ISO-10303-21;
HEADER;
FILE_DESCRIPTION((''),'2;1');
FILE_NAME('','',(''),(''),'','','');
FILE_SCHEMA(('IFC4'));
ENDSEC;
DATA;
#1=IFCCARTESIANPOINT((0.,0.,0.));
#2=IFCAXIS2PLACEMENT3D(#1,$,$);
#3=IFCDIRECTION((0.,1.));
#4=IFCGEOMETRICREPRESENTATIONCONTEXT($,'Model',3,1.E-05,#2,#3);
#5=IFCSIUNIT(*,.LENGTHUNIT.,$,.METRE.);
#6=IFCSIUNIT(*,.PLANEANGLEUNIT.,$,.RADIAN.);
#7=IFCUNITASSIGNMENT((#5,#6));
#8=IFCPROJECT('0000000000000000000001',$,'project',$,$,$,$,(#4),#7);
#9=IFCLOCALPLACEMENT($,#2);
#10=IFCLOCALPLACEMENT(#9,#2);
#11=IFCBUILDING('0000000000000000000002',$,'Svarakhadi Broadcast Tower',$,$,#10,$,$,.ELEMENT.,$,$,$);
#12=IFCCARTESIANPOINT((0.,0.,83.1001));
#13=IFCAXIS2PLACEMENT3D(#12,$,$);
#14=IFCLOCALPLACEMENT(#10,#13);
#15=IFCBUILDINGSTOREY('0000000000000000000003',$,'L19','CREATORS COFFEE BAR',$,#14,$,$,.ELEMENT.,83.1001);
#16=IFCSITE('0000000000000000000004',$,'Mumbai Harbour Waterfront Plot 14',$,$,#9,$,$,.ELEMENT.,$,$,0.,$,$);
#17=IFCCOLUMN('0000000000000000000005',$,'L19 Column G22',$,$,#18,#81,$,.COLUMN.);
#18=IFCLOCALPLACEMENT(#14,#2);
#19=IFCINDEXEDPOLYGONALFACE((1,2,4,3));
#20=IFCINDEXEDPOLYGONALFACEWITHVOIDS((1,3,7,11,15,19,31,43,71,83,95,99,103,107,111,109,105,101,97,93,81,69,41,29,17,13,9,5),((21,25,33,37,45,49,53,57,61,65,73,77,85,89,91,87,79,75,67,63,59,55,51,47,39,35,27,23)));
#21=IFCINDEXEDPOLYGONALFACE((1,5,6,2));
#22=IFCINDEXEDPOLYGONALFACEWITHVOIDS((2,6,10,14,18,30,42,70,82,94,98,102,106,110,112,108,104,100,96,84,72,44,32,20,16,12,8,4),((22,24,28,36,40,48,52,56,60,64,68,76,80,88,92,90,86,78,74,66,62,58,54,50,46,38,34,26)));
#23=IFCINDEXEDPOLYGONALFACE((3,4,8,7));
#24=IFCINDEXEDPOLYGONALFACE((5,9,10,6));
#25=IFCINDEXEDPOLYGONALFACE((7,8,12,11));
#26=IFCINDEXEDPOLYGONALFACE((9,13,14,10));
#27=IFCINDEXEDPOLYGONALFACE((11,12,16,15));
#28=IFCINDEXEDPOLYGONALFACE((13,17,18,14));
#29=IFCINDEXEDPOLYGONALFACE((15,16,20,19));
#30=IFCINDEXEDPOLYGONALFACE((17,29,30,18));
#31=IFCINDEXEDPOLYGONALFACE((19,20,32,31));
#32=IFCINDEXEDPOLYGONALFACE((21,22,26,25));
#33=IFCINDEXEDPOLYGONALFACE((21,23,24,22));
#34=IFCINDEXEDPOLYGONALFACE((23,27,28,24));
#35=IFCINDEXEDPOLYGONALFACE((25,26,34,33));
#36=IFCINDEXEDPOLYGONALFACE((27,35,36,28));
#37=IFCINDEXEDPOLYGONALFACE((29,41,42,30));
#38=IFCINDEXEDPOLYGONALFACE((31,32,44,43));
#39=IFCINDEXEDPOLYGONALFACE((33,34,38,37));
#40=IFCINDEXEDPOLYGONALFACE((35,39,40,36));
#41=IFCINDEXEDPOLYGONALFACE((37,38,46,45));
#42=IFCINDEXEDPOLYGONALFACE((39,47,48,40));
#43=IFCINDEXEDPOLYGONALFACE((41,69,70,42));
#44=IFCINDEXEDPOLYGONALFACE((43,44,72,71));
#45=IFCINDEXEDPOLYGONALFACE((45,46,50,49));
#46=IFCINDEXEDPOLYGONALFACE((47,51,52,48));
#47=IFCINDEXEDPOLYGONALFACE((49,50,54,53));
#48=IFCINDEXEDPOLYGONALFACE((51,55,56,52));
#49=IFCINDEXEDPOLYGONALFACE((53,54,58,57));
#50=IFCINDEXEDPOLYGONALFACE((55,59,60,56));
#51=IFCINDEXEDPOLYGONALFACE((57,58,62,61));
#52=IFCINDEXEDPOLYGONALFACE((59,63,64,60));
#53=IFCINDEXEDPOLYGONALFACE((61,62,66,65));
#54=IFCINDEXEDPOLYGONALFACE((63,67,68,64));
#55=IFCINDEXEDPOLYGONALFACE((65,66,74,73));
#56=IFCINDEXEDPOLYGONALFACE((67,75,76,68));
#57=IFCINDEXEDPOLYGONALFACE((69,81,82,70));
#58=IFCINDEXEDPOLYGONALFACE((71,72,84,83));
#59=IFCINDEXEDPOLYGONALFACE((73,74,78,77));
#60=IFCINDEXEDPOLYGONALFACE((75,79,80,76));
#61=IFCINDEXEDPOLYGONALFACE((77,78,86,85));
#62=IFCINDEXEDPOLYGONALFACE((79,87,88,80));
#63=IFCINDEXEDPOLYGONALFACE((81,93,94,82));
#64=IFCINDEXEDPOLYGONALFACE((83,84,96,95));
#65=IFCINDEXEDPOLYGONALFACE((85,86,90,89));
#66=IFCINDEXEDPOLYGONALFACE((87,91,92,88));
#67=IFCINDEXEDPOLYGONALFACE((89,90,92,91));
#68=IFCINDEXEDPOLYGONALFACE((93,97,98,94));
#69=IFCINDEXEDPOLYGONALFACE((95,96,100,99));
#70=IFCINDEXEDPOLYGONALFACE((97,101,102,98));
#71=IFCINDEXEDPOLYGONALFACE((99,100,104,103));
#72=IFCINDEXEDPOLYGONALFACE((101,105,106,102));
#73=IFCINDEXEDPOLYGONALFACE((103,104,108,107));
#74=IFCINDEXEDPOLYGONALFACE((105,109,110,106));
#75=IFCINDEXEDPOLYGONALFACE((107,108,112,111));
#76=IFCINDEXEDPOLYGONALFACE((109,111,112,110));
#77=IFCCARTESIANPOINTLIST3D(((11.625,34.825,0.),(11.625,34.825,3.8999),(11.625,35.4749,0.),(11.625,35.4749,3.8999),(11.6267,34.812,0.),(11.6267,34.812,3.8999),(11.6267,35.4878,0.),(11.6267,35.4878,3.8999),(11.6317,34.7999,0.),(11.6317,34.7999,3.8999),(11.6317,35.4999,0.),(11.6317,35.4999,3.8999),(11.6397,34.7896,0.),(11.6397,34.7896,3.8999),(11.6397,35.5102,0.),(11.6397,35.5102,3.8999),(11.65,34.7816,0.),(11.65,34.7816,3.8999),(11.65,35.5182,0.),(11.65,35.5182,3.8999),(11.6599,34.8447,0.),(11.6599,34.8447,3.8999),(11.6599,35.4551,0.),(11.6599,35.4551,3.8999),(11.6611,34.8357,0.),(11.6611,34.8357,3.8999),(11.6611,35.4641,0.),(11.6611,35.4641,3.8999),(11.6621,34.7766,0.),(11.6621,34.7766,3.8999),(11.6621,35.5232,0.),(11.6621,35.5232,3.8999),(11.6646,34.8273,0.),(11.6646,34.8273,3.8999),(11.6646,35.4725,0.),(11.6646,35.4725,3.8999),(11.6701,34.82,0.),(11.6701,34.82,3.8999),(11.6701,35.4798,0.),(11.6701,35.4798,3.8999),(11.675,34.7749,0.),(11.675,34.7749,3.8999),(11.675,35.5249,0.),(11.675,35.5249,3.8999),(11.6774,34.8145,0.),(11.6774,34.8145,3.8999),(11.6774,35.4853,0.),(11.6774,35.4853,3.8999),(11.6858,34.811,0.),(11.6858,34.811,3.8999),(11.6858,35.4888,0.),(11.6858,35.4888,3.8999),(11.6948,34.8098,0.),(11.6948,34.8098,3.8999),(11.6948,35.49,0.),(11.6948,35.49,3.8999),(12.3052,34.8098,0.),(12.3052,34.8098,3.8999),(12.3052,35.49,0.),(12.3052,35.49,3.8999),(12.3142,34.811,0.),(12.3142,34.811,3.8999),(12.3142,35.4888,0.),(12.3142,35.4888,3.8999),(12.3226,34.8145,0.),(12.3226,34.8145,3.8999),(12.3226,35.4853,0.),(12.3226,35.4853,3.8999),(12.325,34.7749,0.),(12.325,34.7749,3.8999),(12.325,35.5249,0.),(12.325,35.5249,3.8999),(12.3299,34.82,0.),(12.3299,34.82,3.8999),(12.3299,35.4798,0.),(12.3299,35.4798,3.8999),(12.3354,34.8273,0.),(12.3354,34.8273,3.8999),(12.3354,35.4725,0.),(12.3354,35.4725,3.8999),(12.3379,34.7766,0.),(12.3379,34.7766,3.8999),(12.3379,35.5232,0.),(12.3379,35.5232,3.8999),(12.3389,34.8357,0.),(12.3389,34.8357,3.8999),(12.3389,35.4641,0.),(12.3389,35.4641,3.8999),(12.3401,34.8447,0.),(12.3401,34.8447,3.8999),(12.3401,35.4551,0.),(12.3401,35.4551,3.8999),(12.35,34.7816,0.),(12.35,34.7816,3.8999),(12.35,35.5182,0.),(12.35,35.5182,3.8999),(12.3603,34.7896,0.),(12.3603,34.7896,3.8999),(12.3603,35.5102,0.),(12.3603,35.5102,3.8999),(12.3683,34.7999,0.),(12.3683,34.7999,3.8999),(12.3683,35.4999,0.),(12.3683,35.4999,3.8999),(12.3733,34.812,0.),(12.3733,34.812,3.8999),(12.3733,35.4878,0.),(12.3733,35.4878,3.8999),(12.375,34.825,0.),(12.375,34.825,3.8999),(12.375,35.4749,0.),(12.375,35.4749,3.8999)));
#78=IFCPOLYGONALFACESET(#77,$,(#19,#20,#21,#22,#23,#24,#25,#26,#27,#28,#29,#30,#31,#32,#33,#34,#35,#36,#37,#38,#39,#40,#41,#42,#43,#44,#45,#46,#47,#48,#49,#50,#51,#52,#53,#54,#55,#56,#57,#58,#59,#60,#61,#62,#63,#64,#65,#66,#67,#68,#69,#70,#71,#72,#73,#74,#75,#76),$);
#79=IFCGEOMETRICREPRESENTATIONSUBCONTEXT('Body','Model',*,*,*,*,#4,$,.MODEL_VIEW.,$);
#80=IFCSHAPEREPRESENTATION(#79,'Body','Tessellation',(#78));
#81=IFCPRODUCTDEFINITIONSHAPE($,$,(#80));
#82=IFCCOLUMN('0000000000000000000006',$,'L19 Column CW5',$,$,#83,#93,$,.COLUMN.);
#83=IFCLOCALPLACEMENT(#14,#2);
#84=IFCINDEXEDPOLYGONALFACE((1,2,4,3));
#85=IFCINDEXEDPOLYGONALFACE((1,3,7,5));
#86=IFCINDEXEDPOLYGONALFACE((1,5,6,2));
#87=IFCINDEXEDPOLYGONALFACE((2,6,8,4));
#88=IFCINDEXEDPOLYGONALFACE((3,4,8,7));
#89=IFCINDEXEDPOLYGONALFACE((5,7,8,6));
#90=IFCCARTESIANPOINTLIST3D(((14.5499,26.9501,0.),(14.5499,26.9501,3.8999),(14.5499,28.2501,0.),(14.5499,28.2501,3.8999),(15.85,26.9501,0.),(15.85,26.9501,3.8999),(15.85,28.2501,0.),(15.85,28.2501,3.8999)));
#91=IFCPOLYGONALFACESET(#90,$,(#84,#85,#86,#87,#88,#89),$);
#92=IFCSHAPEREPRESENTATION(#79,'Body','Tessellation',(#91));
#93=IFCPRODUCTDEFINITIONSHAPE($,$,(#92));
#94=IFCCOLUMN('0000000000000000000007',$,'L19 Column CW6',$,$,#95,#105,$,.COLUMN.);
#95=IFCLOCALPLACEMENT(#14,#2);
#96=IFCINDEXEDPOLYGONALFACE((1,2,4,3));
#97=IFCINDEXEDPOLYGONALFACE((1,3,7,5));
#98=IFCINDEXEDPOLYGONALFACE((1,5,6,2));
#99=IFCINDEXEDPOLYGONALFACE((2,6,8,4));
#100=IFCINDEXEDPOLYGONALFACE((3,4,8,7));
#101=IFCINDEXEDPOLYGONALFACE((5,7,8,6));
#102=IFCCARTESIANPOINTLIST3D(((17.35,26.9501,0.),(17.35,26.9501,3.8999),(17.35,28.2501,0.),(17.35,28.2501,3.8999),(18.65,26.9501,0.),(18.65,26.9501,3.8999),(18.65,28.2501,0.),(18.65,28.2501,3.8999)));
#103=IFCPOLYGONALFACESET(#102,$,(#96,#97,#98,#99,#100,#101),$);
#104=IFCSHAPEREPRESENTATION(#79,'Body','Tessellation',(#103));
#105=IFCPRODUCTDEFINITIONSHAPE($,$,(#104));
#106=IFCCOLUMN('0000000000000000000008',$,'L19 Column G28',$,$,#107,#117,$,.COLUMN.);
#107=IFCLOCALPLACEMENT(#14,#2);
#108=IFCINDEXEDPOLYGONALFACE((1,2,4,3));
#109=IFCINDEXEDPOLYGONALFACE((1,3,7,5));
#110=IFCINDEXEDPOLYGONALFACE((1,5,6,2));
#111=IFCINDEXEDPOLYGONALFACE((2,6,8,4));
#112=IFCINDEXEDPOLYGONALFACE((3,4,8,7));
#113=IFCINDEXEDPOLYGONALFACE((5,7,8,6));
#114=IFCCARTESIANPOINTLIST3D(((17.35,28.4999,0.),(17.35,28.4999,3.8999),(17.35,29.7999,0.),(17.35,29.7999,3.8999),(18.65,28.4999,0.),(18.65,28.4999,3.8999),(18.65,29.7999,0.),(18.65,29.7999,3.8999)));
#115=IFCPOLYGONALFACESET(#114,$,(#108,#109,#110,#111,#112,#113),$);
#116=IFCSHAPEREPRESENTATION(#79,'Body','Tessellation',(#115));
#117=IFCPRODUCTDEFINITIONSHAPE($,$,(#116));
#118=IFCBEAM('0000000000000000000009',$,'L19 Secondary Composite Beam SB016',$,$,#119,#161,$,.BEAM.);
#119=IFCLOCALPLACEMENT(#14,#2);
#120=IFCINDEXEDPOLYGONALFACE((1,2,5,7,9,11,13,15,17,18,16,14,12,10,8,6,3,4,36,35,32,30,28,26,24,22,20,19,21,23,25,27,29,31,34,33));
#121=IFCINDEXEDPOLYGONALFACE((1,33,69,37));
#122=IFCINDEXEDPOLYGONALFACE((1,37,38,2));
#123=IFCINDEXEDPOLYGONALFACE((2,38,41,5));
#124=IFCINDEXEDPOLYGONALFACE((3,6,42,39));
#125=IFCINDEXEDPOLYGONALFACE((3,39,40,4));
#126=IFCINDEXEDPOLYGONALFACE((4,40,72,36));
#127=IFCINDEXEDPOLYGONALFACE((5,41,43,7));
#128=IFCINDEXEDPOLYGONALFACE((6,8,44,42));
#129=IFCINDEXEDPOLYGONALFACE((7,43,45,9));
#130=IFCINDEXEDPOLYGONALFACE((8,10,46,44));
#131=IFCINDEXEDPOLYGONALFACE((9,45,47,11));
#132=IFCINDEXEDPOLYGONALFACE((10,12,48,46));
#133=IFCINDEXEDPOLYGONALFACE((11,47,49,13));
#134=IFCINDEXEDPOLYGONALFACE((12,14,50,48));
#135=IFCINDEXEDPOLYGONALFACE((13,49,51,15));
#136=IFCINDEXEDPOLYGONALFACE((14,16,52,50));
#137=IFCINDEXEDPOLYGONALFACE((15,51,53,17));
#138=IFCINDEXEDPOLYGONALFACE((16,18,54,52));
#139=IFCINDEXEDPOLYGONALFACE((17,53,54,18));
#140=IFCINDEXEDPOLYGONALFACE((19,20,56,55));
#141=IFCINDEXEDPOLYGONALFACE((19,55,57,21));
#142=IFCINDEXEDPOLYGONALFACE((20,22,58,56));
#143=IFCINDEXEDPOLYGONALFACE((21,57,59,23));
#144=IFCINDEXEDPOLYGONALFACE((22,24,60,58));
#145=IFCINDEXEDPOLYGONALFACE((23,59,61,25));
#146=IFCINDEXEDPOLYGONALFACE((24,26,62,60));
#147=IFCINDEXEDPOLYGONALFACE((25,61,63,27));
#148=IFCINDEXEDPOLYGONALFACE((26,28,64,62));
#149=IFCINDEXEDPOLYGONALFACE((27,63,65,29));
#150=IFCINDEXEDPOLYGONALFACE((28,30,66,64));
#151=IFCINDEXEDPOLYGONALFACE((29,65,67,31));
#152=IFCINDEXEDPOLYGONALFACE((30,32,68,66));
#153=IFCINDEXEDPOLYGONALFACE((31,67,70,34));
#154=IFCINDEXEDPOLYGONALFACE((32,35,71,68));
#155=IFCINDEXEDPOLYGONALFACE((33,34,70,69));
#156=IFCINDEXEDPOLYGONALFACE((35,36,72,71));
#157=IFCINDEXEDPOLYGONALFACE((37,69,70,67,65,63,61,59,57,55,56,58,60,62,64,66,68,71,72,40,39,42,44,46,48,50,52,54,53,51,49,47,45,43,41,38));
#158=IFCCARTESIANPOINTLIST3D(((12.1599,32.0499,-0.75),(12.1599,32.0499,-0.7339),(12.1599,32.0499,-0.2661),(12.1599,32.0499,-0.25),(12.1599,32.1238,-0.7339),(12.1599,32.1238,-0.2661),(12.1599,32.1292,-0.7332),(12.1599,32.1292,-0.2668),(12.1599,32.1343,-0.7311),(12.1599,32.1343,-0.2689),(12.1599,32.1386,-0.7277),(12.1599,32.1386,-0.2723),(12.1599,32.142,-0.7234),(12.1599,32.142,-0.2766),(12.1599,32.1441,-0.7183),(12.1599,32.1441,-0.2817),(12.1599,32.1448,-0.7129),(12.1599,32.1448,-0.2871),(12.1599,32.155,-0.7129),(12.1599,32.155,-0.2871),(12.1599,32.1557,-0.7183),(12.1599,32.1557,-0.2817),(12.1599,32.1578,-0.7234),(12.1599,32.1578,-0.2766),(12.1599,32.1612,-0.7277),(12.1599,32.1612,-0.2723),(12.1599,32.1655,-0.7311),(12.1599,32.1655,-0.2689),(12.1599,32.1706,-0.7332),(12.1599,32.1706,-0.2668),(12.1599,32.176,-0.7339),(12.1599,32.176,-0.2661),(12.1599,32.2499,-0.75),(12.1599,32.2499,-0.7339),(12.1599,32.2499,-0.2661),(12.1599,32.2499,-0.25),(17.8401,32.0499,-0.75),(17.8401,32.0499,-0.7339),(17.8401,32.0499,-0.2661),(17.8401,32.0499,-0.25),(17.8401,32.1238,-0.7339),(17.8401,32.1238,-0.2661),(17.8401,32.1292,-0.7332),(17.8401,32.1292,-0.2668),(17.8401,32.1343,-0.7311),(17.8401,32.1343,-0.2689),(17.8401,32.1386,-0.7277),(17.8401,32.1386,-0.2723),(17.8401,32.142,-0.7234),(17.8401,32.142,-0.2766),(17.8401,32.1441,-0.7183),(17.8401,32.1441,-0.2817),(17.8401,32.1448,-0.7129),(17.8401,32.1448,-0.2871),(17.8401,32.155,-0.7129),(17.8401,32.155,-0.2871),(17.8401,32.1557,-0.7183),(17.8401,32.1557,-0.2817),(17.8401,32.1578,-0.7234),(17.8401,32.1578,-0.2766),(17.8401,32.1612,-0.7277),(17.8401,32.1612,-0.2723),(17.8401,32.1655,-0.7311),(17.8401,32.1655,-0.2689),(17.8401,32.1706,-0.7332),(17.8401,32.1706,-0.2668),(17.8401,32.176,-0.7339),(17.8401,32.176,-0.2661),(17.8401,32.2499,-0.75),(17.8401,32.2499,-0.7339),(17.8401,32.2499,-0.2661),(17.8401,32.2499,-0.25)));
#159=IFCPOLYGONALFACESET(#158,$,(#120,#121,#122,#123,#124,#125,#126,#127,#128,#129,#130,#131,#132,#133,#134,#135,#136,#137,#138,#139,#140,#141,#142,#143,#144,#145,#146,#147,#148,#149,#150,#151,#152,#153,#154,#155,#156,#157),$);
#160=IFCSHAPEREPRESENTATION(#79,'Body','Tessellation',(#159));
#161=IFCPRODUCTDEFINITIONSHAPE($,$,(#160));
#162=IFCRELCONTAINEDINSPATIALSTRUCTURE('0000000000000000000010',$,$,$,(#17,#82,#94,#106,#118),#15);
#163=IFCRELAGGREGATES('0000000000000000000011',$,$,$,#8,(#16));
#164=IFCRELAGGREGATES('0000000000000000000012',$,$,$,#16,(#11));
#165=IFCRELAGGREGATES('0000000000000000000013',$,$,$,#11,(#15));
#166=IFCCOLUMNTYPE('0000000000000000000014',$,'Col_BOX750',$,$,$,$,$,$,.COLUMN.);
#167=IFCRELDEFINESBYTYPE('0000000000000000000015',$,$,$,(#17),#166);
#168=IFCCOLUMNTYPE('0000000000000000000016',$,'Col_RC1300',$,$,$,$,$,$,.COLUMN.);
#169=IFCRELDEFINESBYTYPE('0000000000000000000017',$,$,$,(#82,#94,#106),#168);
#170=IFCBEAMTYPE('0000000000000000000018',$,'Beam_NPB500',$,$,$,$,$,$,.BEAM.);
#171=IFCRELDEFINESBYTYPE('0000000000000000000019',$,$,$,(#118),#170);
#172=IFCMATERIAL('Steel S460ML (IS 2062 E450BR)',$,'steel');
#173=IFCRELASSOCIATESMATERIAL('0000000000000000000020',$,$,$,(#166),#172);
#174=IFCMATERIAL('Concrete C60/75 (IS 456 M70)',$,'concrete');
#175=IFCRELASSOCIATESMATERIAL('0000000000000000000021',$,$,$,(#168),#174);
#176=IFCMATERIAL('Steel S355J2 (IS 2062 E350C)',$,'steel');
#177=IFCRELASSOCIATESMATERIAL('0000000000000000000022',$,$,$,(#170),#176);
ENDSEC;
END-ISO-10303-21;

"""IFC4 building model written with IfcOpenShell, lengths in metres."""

from ifc_helpers import new_model, si_unit, direction, frame, origin, origin_2d, place, context, subcontext, project, spatial, rectangle, hollow_rectangle, i_section, extrude, material, material_profile, profile_set, type_object, element, save


model = new_model("IFC4")

# Units and contexts
model_context = context("Model", 3, precision=1e-05, world=origin(), true_north=direction((0.0, 1.0)))
body_context = subcontext(model_context, "Body", "Model", "MODEL_VIEW")
ifc_project = project(units=[si_unit("LENGTHUNIT", "METRE"), si_unit("PLANEANGLEUNIT", "RADIAN")], contexts=[model_context])

# Site, building, storey
site_placement = place(None, origin())
site = spatial("IfcSite", under=ifc_project, at=site_placement, Name="Mumbai Harbour Waterfront Plot 14", CompositionType="ELEMENT", RefElevation=0.0)
building_placement = place(site_placement, origin())
building = spatial("IfcBuilding", under=site, at=building_placement, Name="Svarakhadi Broadcast Tower", CompositionType="ELEMENT")
storey_placement = place(building_placement, frame((0.0, 0.0, 83.1001)))
storey = spatial("IfcBuildingStorey", under=building, at=storey_placement, Name="L19", Description="CREATORS COFFEE BAR", CompositionType="ELEMENT", Elevation=83.1001)

# Columns
ifc_material_1 = material(Name="Steel S460ML (IS 2062 E450BR)", Category="steel")
ifc_material_profile_1 = material_profile(ifc_material_1, hollow_rectangle(XDim=0.75, YDim=0.75, WallThickness=0.0349, InnerFilletRadius=0.0349, OuterFilletRadius=0.05, at=origin_2d()), Name="BOX 750x750x35")
ifc_profile_set_1 = profile_set([ifc_material_profile_1], Name="Steel S460ML (IS 2062 E450BR)")
column_type_1 = type_object("IfcColumnType", Name="Col_BOX750", PredefinedType="COLUMN", material=ifc_profile_set_1)
column_placement = place(storey_placement, frame((12.0, 35.1499, 0.0), z_axis=(0.0, 0.0, 1.0), x_axis=(1.0, 0.0, 0.0)))
element("IfcColumn", 1, at=column_placement, inside=storey, type_object=column_type_1, Name="L19 Column G22", PredefinedType="COLUMN", context=body_context, shape_type="SweptSolid", body=[
    extrude(hollow_rectangle(XDim=0.75, YDim=0.75, WallThickness=0.0349, InnerFilletRadius=0.0349, OuterFilletRadius=0.05, at=origin_2d()), origin(), (0.0, 0.0, 1.0), 3.8999),
])
ifc_material_2 = material(Name="Concrete C60/75 (IS 456 M70)", Category="concrete")
ifc_material_profile_2 = material_profile(ifc_material_2, rectangle(XDim=1.3, YDim=1.3, at=origin_2d()), Name="RC 1300x1300")
ifc_profile_set_2 = profile_set([ifc_material_profile_2], Name="Concrete C60/75 (IS 456 M70)")
column_type_2 = type_object("IfcColumnType", Name="Col_RC1300", PredefinedType="COLUMN", material=ifc_profile_set_2)
for number, where, z_axis, x_axis, name in (
    (2, (15.2, 27.6001, 0.0), (0.0, 0.0, 1.0), (1.0, 0.0, 0.0), "L19 Column CW5"),
    (3, (18.0, 27.6001, 0.0), (0.0, 0.0, 1.0), (1.0, 0.0, 0.0), "L19 Column CW6"),
    (4, (18.0, 29.1499, 0.0), (0.0, 0.0, 1.0), (1.0, 0.0, 0.0), "L19 Column G28"),
):
    element("IfcColumn", number, at=place(storey_placement, frame(where, z_axis=z_axis, x_axis=x_axis)), inside=storey, type_object=column_type_2, Name=name, PredefinedType="COLUMN", context=body_context, shape_type="SweptSolid", body=[
        extrude(rectangle(XDim=1.3, YDim=1.3, at=origin_2d()), origin(), (0.0, 0.0, 1.0), 3.8999),
    ])

# Beam
ifc_material_3 = material(Name="Steel S355J2 (IS 2062 E350C)", Category="steel")
ifc_material_profile_3 = material_profile(ifc_material_3, i_section(OverallWidth=0.2, OverallDepth=0.5, WebThickness=0.0103, FlangeThickness=0.0161, FilletRadius=0.021, at=origin_2d()), Name="NPB 500x200x91")
ifc_profile_set_3 = profile_set([ifc_material_profile_3], Name="Steel S355J2 (IS 2062 E350C)")
beam_type_1 = type_object("IfcBeamType", Name="Beam_NPB500", PredefinedType="BEAM", material=ifc_profile_set_3)
beam_1_placement = place(storey_placement, frame((12.1599, 32.1499, -0.5), z_axis=(1.0, 0.0, 0.0), x_axis=(0.0, 1.0, 0.0)))
element("IfcBeam", 5, at=beam_1_placement, inside=storey, type_object=beam_type_1, Name="L19 Secondary Composite Beam SB016", PredefinedType="BEAM", context=body_context, shape_type="SweptSolid", body=[
    extrude(i_section(OverallWidth=0.2, OverallDepth=0.5, WebThickness=0.0103, FlangeThickness=0.0161, FilletRadius=0.021, at=origin_2d()), origin(), (0.0, 0.0, 1.0), 5.6802),
])

save(model, "model.ifc")
